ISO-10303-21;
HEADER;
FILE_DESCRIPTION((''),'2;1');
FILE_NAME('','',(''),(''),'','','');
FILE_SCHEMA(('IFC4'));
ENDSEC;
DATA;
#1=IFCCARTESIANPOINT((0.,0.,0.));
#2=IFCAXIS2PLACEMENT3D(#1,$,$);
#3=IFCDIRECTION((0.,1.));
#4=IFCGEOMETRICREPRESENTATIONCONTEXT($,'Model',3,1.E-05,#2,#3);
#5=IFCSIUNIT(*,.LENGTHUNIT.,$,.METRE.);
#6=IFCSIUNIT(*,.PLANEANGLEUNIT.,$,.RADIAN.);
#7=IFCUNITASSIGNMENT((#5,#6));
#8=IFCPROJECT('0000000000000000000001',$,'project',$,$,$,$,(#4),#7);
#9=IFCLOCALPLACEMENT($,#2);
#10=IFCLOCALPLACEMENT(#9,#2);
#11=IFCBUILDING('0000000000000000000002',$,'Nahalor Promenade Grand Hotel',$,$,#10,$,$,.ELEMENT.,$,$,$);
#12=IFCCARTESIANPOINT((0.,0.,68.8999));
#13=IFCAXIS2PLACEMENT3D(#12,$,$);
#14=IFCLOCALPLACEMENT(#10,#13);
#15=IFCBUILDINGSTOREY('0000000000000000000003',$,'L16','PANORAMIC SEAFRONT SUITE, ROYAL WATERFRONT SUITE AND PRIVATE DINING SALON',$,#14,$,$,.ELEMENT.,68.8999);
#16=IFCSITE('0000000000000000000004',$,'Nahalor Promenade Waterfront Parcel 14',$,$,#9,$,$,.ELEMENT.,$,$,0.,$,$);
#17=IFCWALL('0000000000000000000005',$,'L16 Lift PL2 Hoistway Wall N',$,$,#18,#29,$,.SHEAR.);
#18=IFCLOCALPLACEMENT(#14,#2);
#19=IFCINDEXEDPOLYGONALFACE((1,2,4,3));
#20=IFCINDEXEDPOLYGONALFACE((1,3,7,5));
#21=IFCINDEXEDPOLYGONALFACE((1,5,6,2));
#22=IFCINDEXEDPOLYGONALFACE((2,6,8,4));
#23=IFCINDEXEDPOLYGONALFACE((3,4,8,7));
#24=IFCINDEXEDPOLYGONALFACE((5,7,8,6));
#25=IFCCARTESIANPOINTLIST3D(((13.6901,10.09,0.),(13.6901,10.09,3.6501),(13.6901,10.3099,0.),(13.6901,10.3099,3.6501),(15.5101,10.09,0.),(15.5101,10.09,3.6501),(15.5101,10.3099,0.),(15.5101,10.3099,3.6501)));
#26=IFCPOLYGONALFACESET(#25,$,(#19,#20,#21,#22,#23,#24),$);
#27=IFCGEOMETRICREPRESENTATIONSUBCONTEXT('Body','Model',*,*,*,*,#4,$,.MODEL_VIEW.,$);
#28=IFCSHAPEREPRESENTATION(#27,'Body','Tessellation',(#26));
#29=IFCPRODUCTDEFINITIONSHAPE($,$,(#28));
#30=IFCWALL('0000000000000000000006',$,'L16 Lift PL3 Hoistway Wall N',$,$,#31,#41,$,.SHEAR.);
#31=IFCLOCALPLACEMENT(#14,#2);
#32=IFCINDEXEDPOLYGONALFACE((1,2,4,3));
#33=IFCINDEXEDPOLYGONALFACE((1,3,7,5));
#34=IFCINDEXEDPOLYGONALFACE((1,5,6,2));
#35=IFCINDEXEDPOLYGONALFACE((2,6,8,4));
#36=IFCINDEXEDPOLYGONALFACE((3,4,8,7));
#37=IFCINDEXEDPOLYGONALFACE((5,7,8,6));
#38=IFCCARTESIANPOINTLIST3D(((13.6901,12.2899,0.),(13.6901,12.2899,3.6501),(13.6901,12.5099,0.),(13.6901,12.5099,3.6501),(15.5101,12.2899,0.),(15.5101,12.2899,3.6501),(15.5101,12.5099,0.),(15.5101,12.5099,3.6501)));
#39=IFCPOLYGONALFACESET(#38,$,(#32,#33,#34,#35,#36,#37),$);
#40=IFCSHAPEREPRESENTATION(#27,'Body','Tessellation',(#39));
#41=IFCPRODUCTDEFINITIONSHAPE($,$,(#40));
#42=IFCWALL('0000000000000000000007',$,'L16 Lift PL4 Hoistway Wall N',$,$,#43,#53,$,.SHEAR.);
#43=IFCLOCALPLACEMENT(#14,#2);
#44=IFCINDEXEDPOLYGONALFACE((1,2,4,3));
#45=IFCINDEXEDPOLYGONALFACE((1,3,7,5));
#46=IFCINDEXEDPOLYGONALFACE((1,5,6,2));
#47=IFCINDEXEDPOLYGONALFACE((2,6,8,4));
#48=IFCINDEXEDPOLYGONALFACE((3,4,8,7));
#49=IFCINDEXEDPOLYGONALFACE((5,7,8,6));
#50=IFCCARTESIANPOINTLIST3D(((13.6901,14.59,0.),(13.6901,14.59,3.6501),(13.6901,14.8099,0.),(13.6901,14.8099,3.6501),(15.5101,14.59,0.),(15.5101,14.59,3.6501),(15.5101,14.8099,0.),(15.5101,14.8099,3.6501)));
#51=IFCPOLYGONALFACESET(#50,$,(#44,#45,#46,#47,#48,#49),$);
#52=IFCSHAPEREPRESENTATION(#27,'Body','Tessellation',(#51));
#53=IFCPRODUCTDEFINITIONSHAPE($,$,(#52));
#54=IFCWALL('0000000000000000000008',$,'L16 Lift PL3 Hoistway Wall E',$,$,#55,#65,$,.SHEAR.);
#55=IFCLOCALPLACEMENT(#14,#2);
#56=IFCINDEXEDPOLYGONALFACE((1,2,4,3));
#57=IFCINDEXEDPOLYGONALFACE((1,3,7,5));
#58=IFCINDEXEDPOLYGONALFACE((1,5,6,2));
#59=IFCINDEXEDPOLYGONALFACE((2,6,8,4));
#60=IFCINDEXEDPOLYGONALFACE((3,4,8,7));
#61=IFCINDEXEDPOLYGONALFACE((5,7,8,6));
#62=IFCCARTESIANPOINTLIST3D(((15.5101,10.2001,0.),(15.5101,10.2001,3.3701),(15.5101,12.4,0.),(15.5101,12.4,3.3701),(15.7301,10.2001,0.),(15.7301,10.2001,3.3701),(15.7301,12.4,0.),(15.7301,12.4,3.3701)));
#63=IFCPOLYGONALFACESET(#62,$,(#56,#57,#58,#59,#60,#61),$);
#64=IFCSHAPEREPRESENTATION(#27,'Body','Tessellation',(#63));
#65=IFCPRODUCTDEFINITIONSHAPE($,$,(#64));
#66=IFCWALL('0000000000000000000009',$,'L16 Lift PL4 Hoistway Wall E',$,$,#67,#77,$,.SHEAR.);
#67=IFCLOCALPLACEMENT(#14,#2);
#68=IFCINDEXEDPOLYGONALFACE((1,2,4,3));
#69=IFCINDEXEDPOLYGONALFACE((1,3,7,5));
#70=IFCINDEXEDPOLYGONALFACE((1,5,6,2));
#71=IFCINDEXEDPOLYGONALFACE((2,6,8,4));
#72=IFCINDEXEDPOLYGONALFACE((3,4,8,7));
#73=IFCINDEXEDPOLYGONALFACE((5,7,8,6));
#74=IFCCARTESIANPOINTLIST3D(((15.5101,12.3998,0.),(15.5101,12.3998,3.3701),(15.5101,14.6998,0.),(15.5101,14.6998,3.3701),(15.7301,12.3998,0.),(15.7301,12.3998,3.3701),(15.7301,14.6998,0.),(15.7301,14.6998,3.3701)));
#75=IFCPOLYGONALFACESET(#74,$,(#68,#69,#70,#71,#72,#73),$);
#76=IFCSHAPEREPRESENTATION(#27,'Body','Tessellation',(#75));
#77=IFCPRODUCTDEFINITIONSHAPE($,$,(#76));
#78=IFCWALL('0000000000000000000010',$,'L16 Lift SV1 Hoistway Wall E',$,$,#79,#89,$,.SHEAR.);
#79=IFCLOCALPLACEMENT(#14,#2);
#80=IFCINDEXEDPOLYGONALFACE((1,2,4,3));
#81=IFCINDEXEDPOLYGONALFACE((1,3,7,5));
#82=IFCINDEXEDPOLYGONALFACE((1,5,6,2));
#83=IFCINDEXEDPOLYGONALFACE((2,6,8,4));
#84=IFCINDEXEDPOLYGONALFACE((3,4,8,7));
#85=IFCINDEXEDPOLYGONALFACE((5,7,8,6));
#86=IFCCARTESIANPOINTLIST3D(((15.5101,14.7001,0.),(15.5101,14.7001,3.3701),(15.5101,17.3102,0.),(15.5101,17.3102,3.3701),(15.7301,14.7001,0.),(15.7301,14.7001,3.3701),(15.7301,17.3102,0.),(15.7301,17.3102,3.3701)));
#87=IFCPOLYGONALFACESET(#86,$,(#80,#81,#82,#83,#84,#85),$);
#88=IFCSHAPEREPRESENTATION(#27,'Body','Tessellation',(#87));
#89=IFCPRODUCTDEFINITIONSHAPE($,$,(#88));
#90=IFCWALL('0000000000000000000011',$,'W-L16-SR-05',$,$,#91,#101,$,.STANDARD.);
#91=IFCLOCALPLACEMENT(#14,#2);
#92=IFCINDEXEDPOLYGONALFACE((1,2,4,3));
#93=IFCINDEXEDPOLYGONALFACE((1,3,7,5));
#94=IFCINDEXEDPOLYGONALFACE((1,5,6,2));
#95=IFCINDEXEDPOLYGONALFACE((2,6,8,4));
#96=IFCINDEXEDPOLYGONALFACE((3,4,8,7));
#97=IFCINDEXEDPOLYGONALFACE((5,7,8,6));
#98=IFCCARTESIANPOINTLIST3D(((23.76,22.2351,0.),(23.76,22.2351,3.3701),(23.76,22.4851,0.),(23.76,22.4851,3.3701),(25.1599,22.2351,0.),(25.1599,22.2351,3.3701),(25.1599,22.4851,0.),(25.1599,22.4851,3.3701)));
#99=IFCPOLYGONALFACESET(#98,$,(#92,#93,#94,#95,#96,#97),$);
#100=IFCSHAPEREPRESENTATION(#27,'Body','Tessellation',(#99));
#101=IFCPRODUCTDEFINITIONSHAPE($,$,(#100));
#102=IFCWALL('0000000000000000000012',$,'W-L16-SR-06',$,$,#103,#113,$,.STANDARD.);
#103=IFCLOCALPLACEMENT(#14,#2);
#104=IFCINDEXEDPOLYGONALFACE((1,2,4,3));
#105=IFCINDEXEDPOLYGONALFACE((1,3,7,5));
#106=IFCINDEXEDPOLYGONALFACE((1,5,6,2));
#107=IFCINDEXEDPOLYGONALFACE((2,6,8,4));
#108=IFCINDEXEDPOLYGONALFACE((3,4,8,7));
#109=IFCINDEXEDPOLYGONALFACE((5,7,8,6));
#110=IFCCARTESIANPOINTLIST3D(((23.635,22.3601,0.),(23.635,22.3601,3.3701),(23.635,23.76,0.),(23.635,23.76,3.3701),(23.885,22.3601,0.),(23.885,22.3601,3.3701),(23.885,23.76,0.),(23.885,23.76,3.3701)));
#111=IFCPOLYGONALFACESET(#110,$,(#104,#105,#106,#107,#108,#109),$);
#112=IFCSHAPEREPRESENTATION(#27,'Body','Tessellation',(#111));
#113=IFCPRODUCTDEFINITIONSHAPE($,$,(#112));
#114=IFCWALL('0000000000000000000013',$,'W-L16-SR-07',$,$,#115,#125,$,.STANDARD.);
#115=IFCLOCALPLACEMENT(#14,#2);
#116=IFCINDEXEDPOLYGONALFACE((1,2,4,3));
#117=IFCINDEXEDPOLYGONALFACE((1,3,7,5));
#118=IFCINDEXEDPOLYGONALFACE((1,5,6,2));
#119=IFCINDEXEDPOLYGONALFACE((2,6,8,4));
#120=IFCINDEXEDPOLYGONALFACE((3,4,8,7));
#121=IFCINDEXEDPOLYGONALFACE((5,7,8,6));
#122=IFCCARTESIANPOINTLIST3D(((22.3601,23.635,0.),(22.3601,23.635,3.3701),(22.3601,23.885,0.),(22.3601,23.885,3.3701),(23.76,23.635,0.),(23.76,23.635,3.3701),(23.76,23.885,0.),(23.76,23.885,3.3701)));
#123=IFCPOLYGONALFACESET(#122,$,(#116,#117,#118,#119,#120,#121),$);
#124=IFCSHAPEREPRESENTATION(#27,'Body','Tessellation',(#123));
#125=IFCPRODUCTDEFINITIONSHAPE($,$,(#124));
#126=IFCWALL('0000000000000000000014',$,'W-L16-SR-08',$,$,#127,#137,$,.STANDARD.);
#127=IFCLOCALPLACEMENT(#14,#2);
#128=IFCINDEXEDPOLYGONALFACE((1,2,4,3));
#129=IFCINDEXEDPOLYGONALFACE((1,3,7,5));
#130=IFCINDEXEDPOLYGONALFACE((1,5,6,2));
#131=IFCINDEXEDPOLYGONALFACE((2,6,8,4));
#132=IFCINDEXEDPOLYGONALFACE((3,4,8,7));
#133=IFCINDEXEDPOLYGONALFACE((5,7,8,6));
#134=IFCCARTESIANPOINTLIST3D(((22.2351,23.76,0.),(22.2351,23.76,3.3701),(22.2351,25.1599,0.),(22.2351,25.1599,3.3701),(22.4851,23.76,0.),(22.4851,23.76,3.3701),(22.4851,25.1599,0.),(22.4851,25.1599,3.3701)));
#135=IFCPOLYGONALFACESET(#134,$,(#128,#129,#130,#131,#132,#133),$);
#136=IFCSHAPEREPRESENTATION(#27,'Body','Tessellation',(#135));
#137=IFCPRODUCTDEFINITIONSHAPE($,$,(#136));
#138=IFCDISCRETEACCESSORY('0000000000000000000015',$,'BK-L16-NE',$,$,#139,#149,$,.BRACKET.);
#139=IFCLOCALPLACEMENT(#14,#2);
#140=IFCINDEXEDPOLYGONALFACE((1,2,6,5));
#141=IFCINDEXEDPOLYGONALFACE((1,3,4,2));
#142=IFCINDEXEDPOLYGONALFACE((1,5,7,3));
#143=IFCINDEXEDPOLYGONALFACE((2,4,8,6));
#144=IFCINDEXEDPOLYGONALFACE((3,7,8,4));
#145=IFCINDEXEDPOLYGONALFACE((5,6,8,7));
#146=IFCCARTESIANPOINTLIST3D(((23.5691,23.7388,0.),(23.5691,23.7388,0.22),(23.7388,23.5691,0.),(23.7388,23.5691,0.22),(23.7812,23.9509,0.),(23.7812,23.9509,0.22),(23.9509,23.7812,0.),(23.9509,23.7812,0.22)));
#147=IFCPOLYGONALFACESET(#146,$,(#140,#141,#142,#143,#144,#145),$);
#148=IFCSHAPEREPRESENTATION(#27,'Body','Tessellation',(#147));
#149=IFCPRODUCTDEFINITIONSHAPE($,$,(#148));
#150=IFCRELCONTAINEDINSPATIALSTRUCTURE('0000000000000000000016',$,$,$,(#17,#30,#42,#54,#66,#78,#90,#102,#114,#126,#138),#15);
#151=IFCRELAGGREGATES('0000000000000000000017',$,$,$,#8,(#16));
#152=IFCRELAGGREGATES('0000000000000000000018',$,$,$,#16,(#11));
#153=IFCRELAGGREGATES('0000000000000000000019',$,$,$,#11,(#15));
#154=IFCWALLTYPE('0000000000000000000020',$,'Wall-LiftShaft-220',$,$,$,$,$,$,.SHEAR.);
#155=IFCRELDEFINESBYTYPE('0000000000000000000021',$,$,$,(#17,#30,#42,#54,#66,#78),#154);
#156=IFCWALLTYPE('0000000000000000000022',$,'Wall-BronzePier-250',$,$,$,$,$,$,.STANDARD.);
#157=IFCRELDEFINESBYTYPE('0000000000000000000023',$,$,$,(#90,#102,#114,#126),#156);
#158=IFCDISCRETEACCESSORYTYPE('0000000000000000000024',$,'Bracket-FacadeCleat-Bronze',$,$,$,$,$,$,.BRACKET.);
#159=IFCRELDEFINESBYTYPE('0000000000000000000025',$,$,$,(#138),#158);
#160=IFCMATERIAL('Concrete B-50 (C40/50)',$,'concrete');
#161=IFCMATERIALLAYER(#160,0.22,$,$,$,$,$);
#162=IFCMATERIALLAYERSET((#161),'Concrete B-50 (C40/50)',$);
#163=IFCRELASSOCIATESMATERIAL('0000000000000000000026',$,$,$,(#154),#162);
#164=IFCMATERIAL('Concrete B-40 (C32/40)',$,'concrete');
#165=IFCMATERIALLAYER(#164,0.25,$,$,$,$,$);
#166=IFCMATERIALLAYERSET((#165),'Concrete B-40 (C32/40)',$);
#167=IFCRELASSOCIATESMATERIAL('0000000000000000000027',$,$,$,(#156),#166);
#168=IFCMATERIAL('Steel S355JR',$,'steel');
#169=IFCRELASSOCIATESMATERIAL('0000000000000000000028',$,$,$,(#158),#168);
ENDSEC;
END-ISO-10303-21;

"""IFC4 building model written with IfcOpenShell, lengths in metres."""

from ifc_helpers import new_model, si_unit, direction, frame, frame_2d, origin, origin_2d, place, context, subcontext, project, spatial, rectangle, extrude, source, transform, mapped, material, layer, layer_set, type_object, element, save


model = new_model("IFC4")

# Units and contexts
model_context = context("Model", 3, precision=1e-05, world=origin(), true_north=direction((0.0, 1.0)))
body_context = subcontext(model_context, "Body", "Model", "MODEL_VIEW")
ifc_project = project(units=[si_unit("LENGTHUNIT", "METRE"), si_unit("PLANEANGLEUNIT", "RADIAN")], contexts=[model_context])

# Site, building, storey
site_placement = place(None, origin())
site = spatial("IfcSite", under=ifc_project, at=site_placement, Name="Nahalor Promenade Waterfront Parcel 14", CompositionType="ELEMENT", RefElevation=0.0)
building_placement = place(site_placement, origin())
building = spatial("IfcBuilding", under=site, at=building_placement, Name="Nahalor Promenade Grand Hotel", CompositionType="ELEMENT")
storey_placement = place(building_placement, frame((0.0, 0.0, 68.8999)))
storey = spatial("IfcBuildingStorey", under=building, at=storey_placement, Name="L16", Description="PANORAMIC SEAFRONT SUITE, ROYAL WATERFRONT SUITE AND PRIVATE DINING SALON", CompositionType="ELEMENT", Elevation=68.8999)

# Shared definitions
ifc_material_1 = material(Name="Steel S355JR", Category="steel")

# Walls
ifc_material_2 = material(Name="Concrete B-50 (C40/50)", Category="concrete")
ifc_layer_1 = layer(ifc_material_2, 0.22)
ifc_layer_set_1 = layer_set([ifc_layer_1], Name="Concrete B-50 (C40/50)")
wall_type_1 = type_object("IfcWallType", Name="Wall-LiftShaft-220", PredefinedType="SHEAR", material=ifc_layer_set_1)
shared_shape_1 = source(origin(), body_context, "Body", "SweptSolid", [
    extrude(rectangle(XDim=1.8201, YDim=0.22, at=frame_2d((0.9102, 0.0))), origin(), (0.0, 0.0, 1.0), 3.6501),
])
for number, where, z_axis, x_axis, name in (
    (1, (13.6899, 10.2, 0.0), (0.0, 0.0, 1.0), (1.0, 0.0, 0.0), "L16 Lift PL2 Hoistway Wall N"),
    (2, (13.6899, 12.3999, 0.0), (0.0, 0.0, 1.0), (1.0, 0.0, 0.0), "L16 Lift PL3 Hoistway Wall N"),
    (3, (13.6899, 14.7, 0.0), (0.0, 0.0, 1.0), (1.0, 0.0, 0.0), "L16 Lift PL4 Hoistway Wall N"),
):
    element("IfcWall", number, at=place(storey_placement, frame(where, z_axis=z_axis, x_axis=x_axis)), inside=storey, type_object=wall_type_1, Name=name, PredefinedType="SHEAR", context=body_context, shape_type="MappedRepresentation", body=[
        mapped(shared_shape_1, transform((0.0, 0.0, 0.0), scale=1.0)),
    ])
shared_shape_2 = source(origin(), body_context, "Body", "SweptSolid", [
    extrude(rectangle(XDim=2.2, YDim=0.22, at=frame_2d((1.1001, 0.0))), origin(), (0.0, 0.0, 1.0), 3.3701),
])
wall_1_placement = place(storey_placement, frame((15.6201, 10.2, 0.0), z_axis=(0.0, 0.0, 1.0), x_axis=(0.0, 1.0, 0.0)))
element("IfcWall", 4, at=wall_1_placement, inside=storey, type_object=wall_type_1, Name="L16 Lift PL3 Hoistway Wall E", PredefinedType="SHEAR", context=body_context, shape_type="MappedRepresentation", body=[
    mapped(shared_shape_2, transform((0.0, 0.0, 0.0), scale=1.0)),
])
shared_shape_3 = source(origin(), body_context, "Body", "SweptSolid", [
    extrude(rectangle(XDim=2.3, YDim=0.22, at=frame_2d((1.1499, 0.0))), origin(), (0.0, 0.0, 1.0), 3.3701),
])
wall_2_placement = place(storey_placement, frame((15.6201, 12.3999, 0.0), z_axis=(0.0, 0.0, 1.0), x_axis=(0.0, 1.0, 0.0)))
element("IfcWall", 5, at=wall_2_placement, inside=storey, type_object=wall_type_1, Name="L16 Lift PL4 Hoistway Wall E", PredefinedType="SHEAR", context=body_context, shape_type="MappedRepresentation", body=[
    mapped(shared_shape_3, transform((0.0, 0.0, 0.0), scale=1.0)),
])
shared_shape_4 = source(origin(), body_context, "Body", "SweptSolid", [
    extrude(rectangle(XDim=2.6101, YDim=0.22, at=frame_2d((1.3052, 0.0))), origin(), (0.0, 0.0, 1.0), 3.3701),
])
wall_3_placement = place(storey_placement, frame((15.6201, 14.7, 0.0), z_axis=(0.0, 0.0, 1.0), x_axis=(0.0, 1.0, 0.0)))
element("IfcWall", 6, at=wall_3_placement, inside=storey, type_object=wall_type_1, Name="L16 Lift SV1 Hoistway Wall E", PredefinedType="SHEAR", context=body_context, shape_type="MappedRepresentation", body=[
    mapped(shared_shape_4, transform((0.0, 0.0, 0.0), scale=1.0)),
])
ifc_material_3 = material(Name="Concrete B-40 (C32/40)", Category="concrete")
ifc_layer_2 = layer(ifc_material_3, 0.25)
ifc_layer_set_2 = layer_set([ifc_layer_2], Name="Concrete B-40 (C32/40)")
wall_type_2 = type_object("IfcWallType", Name="Wall-BronzePier-250", PredefinedType="STANDARD", material=ifc_layer_set_2)
shared_shape_5 = source(origin(), body_context, "Body", "SweptSolid", [
    extrude(rectangle(XDim=1.3999, YDim=0.25, at=frame_2d((0.7, 0.0))), origin(), (0.0, 0.0, 1.0), 3.3701),
])
for number, where, z_axis, x_axis, name in (
    (7, (23.76, 22.3601, 0.0), (0.0, 0.0, 1.0), (1.0, 0.0, 0.0), "W-L16-SR-05"),
    (8, (23.76, 22.3601, 0.0), (0.0, 0.0, 1.0), (0.0, 1.0, 0.0), "W-L16-SR-06"),
    (9, (22.3601, 23.76, 0.0), (0.0, 0.0, 1.0), (1.0, 0.0, 0.0), "W-L16-SR-07"),
    (10, (22.3601, 23.76, 0.0), (0.0, 0.0, 1.0), (0.0, 1.0, 0.0), "W-L16-SR-08"),
):
    element("IfcWall", number, at=place(storey_placement, frame(where, z_axis=z_axis, x_axis=x_axis)), inside=storey, type_object=wall_type_2, Name=name, PredefinedType="STANDARD", context=body_context, shape_type="MappedRepresentation", body=[
        mapped(shared_shape_5, transform((0.0, 0.0, 0.0), scale=1.0)),
    ])

# Discrete accessory
discrete_accessory_type = type_object("IfcDiscreteAccessoryType", Name="Bracket-FacadeCleat-Bronze", PredefinedType="BRACKET", material=ifc_material_1)
shared_shape_6 = source(origin(), body_context, "Body", "SweptSolid", [
    extrude(rectangle(XDim=0.3, YDim=0.24, at=origin_2d()), origin(), (0.0, 0.0, 1.0), 0.22),
])
discrete_accessory_placement = place(storey_placement, frame((23.76, 23.76, 0.0), z_axis=(0.0, 0.0, 1.0), x_axis=(0.707107, 0.707107, 0.0)))
element("IfcDiscreteAccessory", 11, at=discrete_accessory_placement, inside=storey, type_object=discrete_accessory_type, Name="BK-L16-NE", PredefinedType="BRACKET", context=body_context, shape_type="MappedRepresentation", body=[
    mapped(shared_shape_6, transform((0.0, 0.0, 0.0), scale=1.0)),
])

save(model, "model.ifc")
